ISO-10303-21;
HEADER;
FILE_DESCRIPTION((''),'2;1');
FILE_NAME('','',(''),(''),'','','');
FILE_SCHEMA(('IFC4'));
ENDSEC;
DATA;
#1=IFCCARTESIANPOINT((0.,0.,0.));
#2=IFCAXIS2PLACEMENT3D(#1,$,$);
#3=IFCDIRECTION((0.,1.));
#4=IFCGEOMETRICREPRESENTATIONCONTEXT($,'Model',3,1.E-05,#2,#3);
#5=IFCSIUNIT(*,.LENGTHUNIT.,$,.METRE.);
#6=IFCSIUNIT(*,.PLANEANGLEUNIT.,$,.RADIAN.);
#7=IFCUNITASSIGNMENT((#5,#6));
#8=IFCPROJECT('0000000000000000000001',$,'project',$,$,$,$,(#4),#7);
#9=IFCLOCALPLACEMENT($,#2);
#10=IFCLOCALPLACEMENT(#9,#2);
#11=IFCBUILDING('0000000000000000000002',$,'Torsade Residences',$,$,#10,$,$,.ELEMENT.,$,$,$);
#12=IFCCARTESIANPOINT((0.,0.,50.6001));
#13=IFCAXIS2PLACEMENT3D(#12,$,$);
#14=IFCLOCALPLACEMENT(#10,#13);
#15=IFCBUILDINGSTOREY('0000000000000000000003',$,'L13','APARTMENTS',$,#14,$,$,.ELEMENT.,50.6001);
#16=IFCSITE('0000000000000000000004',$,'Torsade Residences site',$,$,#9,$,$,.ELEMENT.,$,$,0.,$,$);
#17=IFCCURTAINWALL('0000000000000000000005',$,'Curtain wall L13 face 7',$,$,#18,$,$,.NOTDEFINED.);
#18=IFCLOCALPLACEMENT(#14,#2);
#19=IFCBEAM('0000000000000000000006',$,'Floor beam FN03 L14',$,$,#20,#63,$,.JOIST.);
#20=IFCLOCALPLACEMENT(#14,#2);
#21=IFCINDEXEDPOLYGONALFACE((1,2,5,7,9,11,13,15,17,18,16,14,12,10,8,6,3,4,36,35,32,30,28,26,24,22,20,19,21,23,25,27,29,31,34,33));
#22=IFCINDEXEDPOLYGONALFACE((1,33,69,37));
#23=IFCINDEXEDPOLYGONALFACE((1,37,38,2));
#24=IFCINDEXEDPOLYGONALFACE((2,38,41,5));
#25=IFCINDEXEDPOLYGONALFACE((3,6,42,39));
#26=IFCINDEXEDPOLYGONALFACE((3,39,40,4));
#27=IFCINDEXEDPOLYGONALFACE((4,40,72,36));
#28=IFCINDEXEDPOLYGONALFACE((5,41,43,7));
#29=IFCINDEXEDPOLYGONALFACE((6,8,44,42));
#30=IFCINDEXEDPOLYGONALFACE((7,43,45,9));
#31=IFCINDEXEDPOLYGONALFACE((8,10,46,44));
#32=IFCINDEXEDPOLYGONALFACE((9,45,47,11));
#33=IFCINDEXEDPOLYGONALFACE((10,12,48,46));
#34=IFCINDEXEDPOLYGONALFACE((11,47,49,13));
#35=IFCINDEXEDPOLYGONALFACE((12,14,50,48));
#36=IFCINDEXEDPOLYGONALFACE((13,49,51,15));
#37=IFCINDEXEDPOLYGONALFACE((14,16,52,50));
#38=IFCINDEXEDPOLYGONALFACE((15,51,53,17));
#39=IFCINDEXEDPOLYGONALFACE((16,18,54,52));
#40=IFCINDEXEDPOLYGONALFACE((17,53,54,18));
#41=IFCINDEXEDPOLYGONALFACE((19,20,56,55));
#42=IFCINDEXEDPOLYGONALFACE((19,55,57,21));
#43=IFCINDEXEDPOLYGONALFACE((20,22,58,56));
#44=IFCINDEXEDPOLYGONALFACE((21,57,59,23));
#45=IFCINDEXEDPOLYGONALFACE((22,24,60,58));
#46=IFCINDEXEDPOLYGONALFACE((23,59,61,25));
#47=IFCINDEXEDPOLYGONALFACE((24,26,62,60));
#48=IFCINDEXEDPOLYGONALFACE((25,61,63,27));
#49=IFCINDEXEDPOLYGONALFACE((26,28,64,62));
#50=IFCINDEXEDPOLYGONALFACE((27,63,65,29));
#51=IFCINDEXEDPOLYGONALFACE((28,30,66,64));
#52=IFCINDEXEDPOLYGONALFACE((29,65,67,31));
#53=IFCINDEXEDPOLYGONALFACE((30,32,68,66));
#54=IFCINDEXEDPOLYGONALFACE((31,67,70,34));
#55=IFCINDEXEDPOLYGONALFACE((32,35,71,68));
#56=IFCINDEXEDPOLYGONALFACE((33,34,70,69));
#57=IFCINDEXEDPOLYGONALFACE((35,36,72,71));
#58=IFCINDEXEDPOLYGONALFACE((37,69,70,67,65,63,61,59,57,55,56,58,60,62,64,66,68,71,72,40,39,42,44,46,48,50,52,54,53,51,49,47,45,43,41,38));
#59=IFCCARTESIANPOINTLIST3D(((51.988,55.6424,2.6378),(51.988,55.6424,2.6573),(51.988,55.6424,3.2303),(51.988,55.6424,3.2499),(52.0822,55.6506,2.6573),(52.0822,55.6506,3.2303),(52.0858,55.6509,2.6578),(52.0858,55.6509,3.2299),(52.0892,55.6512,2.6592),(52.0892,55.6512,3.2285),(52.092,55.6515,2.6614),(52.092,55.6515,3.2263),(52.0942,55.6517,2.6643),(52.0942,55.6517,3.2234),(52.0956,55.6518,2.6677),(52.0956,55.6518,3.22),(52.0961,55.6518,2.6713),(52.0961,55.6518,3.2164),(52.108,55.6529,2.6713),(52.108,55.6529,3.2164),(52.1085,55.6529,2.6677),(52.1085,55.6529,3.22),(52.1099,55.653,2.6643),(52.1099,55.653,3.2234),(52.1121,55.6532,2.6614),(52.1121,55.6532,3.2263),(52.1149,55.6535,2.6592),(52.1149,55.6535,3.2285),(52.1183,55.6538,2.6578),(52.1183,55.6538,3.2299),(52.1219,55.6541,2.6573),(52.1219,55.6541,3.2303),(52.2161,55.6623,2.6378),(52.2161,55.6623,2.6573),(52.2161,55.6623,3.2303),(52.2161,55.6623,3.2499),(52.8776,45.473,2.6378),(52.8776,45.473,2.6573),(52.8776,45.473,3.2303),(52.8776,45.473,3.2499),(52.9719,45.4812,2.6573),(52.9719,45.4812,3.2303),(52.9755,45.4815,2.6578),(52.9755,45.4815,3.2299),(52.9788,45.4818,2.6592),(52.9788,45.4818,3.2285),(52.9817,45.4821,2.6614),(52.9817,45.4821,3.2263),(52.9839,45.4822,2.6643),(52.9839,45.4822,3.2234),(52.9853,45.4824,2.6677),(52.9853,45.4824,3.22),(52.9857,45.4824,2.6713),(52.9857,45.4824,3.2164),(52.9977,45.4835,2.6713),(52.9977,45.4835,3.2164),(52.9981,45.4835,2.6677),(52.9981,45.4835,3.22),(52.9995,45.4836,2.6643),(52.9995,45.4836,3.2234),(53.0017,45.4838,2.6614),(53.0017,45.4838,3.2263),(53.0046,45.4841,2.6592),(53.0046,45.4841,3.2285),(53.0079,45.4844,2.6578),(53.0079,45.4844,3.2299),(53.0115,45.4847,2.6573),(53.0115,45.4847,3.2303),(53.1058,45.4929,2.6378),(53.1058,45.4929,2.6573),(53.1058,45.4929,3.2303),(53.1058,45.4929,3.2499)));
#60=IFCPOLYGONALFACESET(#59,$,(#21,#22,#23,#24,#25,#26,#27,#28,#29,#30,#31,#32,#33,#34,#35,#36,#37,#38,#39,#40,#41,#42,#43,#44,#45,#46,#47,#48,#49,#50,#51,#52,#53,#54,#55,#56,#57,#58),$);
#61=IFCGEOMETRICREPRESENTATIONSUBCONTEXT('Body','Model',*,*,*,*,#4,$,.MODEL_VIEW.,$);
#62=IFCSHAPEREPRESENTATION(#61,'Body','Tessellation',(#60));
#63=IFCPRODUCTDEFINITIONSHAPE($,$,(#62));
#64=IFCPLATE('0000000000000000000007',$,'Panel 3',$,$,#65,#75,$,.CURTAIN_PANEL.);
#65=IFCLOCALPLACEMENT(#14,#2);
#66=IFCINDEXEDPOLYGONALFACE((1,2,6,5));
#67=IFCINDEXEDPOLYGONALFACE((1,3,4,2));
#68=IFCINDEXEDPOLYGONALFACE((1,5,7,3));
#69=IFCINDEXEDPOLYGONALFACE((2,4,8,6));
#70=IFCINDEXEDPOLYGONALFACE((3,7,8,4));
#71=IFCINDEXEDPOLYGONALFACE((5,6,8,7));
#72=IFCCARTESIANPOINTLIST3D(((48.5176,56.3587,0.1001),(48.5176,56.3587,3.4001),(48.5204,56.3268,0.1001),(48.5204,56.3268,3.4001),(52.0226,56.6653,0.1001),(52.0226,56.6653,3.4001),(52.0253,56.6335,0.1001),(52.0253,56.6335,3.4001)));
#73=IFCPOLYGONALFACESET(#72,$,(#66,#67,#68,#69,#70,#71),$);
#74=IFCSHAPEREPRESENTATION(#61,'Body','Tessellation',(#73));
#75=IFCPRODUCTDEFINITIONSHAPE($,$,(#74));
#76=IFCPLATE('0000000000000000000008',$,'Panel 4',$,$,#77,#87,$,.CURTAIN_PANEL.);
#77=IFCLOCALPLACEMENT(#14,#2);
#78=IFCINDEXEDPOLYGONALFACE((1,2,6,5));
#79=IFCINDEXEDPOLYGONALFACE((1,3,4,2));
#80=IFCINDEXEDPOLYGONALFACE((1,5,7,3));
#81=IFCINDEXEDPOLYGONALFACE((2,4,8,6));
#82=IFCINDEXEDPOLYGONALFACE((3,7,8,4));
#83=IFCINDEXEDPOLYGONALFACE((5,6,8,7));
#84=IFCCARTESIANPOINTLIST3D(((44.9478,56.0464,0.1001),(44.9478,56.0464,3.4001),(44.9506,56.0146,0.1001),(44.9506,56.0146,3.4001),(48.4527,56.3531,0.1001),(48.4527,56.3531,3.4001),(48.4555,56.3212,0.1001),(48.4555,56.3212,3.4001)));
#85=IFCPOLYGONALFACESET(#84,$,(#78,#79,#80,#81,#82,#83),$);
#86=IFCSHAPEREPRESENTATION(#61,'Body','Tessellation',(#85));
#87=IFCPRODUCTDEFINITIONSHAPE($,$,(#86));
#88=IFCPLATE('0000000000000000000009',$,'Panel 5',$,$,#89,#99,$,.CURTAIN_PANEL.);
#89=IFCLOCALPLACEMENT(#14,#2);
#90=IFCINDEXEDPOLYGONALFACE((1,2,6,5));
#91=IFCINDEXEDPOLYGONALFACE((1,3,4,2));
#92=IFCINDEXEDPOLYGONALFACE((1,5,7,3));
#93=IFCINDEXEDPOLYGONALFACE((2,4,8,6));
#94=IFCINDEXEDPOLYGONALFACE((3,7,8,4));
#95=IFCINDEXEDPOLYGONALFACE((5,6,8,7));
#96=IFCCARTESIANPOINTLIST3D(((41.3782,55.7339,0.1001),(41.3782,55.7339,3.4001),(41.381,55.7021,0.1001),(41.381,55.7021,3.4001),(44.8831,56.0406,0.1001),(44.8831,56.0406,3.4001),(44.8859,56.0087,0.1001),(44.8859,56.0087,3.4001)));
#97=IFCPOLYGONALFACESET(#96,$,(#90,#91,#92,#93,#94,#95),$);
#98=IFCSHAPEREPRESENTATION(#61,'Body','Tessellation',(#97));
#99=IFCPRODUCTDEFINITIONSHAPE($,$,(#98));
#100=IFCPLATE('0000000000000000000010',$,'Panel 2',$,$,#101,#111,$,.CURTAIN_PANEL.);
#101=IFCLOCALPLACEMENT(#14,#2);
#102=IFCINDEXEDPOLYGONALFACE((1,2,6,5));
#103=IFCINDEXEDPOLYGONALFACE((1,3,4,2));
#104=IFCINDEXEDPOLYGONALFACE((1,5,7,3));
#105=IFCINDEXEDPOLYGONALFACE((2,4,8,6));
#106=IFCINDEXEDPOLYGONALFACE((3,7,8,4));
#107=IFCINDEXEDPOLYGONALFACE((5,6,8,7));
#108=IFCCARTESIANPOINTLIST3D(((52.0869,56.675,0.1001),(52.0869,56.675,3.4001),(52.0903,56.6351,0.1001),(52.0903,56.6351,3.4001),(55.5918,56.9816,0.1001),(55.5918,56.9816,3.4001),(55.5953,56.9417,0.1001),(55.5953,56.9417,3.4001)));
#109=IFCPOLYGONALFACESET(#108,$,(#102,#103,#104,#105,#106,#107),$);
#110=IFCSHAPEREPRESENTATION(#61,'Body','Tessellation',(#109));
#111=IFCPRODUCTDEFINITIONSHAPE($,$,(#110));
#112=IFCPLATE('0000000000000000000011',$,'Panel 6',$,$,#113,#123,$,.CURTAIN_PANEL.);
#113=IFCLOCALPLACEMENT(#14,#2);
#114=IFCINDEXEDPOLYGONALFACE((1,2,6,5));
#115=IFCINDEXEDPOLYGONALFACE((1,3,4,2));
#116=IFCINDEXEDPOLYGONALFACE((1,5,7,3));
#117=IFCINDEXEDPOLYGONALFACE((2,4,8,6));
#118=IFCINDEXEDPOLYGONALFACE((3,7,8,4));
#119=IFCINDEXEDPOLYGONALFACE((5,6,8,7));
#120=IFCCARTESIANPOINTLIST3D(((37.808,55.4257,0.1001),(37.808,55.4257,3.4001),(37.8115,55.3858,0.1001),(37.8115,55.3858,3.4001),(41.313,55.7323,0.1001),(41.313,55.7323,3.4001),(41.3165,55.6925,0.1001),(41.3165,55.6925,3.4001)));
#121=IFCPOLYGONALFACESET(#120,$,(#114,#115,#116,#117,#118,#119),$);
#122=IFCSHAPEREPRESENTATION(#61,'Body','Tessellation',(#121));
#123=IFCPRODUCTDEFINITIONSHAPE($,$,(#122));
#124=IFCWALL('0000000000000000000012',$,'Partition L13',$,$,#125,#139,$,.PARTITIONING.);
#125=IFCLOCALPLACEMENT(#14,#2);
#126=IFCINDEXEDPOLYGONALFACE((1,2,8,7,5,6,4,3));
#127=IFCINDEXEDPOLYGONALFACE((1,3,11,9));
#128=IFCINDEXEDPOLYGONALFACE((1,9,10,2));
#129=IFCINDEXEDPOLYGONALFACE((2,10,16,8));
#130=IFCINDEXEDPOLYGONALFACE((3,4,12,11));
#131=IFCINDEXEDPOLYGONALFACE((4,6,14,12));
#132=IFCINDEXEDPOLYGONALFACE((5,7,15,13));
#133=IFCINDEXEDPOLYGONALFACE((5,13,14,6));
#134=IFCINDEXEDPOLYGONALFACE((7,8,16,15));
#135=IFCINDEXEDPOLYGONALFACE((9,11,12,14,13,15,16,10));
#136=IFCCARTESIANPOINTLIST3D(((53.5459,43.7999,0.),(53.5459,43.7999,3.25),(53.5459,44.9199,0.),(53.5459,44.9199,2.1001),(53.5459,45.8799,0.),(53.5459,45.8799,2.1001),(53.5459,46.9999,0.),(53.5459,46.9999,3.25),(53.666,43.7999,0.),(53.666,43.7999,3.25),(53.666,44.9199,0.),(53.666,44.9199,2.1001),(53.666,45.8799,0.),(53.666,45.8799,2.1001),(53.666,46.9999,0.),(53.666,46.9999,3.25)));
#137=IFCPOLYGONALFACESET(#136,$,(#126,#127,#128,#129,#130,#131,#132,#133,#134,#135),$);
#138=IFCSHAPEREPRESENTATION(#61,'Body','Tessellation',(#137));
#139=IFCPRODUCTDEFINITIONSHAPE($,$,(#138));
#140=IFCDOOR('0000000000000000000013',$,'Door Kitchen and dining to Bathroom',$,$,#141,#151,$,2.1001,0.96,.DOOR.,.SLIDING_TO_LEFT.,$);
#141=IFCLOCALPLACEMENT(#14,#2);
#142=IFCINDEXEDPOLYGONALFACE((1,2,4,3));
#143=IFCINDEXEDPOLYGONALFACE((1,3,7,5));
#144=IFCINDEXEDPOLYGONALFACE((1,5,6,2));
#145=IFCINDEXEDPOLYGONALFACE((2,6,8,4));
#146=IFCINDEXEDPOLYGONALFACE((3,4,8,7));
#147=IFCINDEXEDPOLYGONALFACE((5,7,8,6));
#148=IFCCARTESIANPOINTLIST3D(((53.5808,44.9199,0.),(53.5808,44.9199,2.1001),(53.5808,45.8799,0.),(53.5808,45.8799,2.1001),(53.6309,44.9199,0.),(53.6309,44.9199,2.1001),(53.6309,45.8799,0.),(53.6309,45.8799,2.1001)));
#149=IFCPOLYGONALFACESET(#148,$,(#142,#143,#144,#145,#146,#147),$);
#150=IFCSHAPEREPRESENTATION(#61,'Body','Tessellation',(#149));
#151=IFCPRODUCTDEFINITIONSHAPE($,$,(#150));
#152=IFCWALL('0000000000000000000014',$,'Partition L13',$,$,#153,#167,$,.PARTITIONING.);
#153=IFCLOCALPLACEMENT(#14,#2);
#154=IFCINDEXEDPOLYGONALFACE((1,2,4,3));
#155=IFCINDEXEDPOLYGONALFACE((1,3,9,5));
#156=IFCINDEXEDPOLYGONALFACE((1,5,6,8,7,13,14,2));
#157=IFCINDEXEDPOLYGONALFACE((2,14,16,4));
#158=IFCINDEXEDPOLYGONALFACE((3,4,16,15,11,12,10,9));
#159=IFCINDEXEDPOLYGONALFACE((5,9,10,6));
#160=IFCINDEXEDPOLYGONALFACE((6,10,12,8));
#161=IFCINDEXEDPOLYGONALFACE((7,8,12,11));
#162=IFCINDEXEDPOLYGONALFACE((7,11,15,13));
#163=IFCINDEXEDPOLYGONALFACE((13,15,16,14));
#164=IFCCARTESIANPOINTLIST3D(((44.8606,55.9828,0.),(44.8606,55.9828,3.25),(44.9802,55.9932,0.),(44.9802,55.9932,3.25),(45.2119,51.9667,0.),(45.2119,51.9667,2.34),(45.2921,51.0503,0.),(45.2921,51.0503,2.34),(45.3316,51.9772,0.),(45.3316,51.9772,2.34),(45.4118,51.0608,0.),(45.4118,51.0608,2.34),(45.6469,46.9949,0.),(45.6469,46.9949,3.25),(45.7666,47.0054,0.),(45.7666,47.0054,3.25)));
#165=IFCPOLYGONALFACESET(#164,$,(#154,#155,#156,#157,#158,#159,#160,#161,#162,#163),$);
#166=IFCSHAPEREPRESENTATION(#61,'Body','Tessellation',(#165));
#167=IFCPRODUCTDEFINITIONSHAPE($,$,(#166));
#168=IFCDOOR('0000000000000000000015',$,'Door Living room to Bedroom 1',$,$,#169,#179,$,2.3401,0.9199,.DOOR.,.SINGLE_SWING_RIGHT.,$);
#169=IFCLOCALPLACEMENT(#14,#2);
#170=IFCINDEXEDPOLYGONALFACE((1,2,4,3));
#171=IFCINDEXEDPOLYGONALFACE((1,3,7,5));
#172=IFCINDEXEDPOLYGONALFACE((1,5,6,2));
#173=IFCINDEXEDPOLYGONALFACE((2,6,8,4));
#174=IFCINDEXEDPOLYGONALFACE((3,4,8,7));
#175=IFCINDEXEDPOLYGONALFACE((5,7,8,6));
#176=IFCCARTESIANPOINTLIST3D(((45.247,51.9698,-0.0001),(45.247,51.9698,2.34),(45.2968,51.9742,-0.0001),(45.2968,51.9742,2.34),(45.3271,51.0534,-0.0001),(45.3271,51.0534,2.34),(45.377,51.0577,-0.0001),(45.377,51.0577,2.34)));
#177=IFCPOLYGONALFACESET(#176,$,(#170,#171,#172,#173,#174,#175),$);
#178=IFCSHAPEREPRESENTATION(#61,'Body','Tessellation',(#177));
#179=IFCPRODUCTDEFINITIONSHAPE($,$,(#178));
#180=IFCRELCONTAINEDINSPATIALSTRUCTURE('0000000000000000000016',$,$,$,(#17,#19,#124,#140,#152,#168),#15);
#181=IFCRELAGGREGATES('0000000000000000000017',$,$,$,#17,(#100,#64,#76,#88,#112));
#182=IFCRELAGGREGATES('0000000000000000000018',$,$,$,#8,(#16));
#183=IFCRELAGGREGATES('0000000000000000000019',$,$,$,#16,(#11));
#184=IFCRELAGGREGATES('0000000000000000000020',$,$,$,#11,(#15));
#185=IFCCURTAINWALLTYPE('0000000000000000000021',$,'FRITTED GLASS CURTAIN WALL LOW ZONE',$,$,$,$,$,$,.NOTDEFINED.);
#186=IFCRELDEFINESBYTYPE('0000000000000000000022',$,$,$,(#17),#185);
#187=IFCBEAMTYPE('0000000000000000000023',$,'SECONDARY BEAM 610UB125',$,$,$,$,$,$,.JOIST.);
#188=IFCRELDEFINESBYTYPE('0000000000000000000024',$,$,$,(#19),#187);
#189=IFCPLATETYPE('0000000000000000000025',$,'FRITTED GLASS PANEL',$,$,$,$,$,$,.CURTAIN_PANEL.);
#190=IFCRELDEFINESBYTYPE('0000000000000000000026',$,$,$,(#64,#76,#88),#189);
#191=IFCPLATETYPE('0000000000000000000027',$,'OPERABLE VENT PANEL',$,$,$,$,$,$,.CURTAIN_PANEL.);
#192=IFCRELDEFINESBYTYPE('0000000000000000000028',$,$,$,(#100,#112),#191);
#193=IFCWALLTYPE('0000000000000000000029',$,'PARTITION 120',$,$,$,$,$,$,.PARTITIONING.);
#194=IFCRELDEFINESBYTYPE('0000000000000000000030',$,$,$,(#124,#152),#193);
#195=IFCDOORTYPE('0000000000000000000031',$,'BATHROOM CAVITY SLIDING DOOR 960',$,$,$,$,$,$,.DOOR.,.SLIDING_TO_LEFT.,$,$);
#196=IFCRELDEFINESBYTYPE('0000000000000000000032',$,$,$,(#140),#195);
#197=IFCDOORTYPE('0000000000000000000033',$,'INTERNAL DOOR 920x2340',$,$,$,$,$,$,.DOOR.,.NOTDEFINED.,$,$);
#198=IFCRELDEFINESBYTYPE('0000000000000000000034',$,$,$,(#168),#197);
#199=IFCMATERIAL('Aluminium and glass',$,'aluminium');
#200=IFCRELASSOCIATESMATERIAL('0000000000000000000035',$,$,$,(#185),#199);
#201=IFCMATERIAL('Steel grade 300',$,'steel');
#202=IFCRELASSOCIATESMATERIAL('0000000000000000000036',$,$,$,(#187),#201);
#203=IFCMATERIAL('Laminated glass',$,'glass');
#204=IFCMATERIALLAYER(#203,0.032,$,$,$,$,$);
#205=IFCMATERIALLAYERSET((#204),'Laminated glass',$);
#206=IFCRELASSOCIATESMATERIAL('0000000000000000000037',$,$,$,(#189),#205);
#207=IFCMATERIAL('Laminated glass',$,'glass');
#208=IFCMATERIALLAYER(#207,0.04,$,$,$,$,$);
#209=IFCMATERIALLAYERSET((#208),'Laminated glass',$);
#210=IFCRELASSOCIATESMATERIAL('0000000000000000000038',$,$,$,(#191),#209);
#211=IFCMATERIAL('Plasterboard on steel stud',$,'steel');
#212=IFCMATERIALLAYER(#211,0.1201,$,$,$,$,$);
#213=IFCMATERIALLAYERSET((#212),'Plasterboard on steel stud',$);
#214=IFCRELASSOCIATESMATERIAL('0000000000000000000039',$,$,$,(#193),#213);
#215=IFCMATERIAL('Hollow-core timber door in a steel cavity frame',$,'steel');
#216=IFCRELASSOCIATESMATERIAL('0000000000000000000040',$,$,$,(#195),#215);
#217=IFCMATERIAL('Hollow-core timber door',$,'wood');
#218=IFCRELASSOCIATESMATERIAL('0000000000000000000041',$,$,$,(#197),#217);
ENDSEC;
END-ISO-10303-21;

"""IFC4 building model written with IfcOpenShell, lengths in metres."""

from ifc_helpers import new_model, si_unit, direction, frame, frame_2d, origin, origin_2d, place, context, subcontext, project, spatial, rectangle, i_section, extrude, material, layer, layer_set, material_profile, profile_set, type_object, element, fill, aggregate, save


model = new_model("IFC4")

# Units and contexts
model_context = context("Model", 3, precision=1e-05, world=origin(), true_north=direction((0.0, 1.0)))
body_context = subcontext(model_context, "Body", "Model", "MODEL_VIEW")
ifc_project = project(units=[si_unit("LENGTHUNIT", "METRE"), si_unit("PLANEANGLEUNIT", "RADIAN")], contexts=[model_context])

# Site, building, storey
site_placement = place(None, origin())
site = spatial("IfcSite", under=ifc_project, at=site_placement, Name="Torsade Residences site", CompositionType="ELEMENT", RefElevation=0.0)
building_placement = place(site_placement, origin())
building = spatial("IfcBuilding", under=site, at=building_placement, Name="Torsade Residences", CompositionType="ELEMENT")
storey_placement = place(building_placement, frame((0.0, 0.0, 50.6001)))
storey = spatial("IfcBuildingStorey", under=building, at=storey_placement, Name="L13", Description="APARTMENTS", CompositionType="ELEMENT", Elevation=50.6001)

# Curtain wall
ifc_material_1 = material(Name="Aluminium and glass", Category="aluminium")
curtain_wall_type = type_object("IfcCurtainWallType", Name="FRITTED GLASS CURTAIN WALL LOW ZONE", PredefinedType="NOTDEFINED", material=ifc_material_1)
curtain_wall_placement = place(storey_placement, origin())
curtain_wall = element("IfcCurtainWall", 1, at=curtain_wall_placement, inside=storey, type_object=curtain_wall_type, Name="Curtain wall L13 face 7", PredefinedType="NOTDEFINED")

# Beam
ifc_material_2 = material(Name="Steel grade 300", Category="steel")
ifc_material_profile_1 = material_profile(ifc_material_2, i_section(OverallWidth=0.229, OverallDepth=0.6121, WebThickness=0.012, FlangeThickness=0.0195, FilletRadius=0.0139, at=origin_2d()), Name="610UB125")
ifc_profile_set_1 = profile_set([ifc_material_profile_1], Name="Steel grade 300")
beam_type_1 = type_object("IfcBeamType", Name="SECONDARY BEAM 610UB125", PredefinedType="JOIST", material=ifc_profile_set_1)
beam_1_placement = place(storey_placement, frame((52.1021, 55.6523, 2.9438), z_axis=(0.08715, -0.996195, 0.0), x_axis=(0.996195, 0.08715, 0.0)))
element("IfcBeam", 2, at=beam_1_placement, inside=storey, type_object=beam_type_1, Name="Floor beam FN03 L14", PredefinedType="JOIST", context=body_context, shape_type="SweptSolid", body=[
    extrude(i_section(OverallWidth=0.229, OverallDepth=0.6121, WebThickness=0.012, FlangeThickness=0.0195, FilletRadius=0.0139, at=origin_2d()), origin(), (0.0, 0.0, 1.0), 10.2083),
])

# Plates
ifc_material_3 = material(Name="Laminated glass", Category="glass")
ifc_layer_1 = layer(ifc_material_3, 0.032)
ifc_layer_set_1 = layer_set([ifc_layer_1], Name="Laminated glass")
plate_type_1 = type_object("IfcPlateType", Name="FRITTED GLASS PANEL", PredefinedType="CURTAIN_PANEL", material=ifc_layer_set_1)
plate_1_placement = place(storey_placement, frame((50.2715, 56.4961, 0.1001), z_axis=(0.0, 0.0, 1.0), x_axis=(-0.996195, -0.087156, 0.0)))
plate_1 = element("IfcPlate", 3, at=plate_1_placement, type_object=plate_type_1, Name="Panel 3", PredefinedType="CURTAIN_PANEL", context=body_context, shape_type="SweptSolid", body=[
    extrude(rectangle(XDim=3.5183, YDim=0.032, at=origin_2d()), origin(), (0.0, 0.0, 1.0), 3.3),
])
plate_2_placement = place(storey_placement, frame((46.7017, 56.1838, 0.1001), z_axis=(0.0, 0.0, 1.0), x_axis=(-0.996195, -0.087156, 0.0)))
plate_2 = element("IfcPlate", 4, at=plate_2_placement, type_object=plate_type_1, Name="Panel 4", PredefinedType="CURTAIN_PANEL", context=body_context, shape_type="SweptSolid", body=[
    extrude(rectangle(XDim=3.5183, YDim=0.032, at=origin_2d()), origin(), (0.0, 0.0, 1.0), 3.3),
])
plate_3_placement = place(storey_placement, frame((43.1321, 55.8713, 0.1001), z_axis=(0.0, 0.0, 1.0), x_axis=(-0.996195, -0.087156, 0.0)))
plate_3 = element("IfcPlate", 5, at=plate_3_placement, type_object=plate_type_1, Name="Panel 5", PredefinedType="CURTAIN_PANEL", context=body_context, shape_type="SweptSolid", body=[
    extrude(rectangle(XDim=3.5183, YDim=0.032, at=origin_2d()), origin(), (0.0, 0.0, 1.0), 3.3),
])
ifc_material_4 = material(Name="Laminated glass", Category="glass")
ifc_layer_2 = layer(ifc_material_4, 0.04)
ifc_layer_set_2 = layer_set([ifc_layer_2], Name="Laminated glass")
plate_type_2 = type_object("IfcPlateType", Name="OPERABLE VENT PANEL", PredefinedType="CURTAIN_PANEL", material=ifc_layer_set_2)
plate_4_placement = place(storey_placement, frame((53.8411, 56.8083, 0.1001), z_axis=(0.0, 0.0, 1.0), x_axis=(-0.996195, -0.087156, 0.0)))
plate_4 = element("IfcPlate", 6, at=plate_4_placement, type_object=plate_type_2, Name="Panel 2", PredefinedType="CURTAIN_PANEL", context=body_context, shape_type="SweptSolid", body=[
    extrude(rectangle(XDim=3.5183, YDim=0.04, at=origin_2d()), origin(), (0.0, 0.0, 1.0), 3.3),
])
plate_5_placement = place(storey_placement, frame((39.5623, 55.5591, 0.1001), z_axis=(0.0, 0.0, 1.0), x_axis=(-0.996195, -0.087156, 0.0)))
plate_5 = element("IfcPlate", 7, at=plate_5_placement, type_object=plate_type_2, Name="Panel 6", PredefinedType="CURTAIN_PANEL", context=body_context, shape_type="SweptSolid", body=[
    extrude(rectangle(XDim=3.5183, YDim=0.04, at=origin_2d()), origin(), (0.0, 0.0, 1.0), 3.3),
])
aggregate(curtain_wall, [plate_4, plate_1, plate_2, plate_3, plate_5])

# Walls, openings, doors
ifc_material_5 = material(Name="Plasterboard on steel stud", Category="steel")
ifc_layer_3 = layer(ifc_material_5, 0.1201)
ifc_layer_set_3 = layer_set([ifc_layer_3], Name="Plasterboard on steel stud")
wall_type_1 = type_object("IfcWallType", Name="PARTITION 120", PredefinedType="PARTITIONING", material=ifc_layer_set_3)
wall_1_placement = place(storey_placement, frame((53.606, 47.0, 0.0), z_axis=(0.0, 0.0, 1.0), x_axis=(0.0, -1.0, 0.0)))
wall_1 = element("IfcWall", 8, at=wall_1_placement, inside=storey, type_object=wall_type_1, Name="Partition L13", PredefinedType="PARTITIONING", context=body_context, shape_type="SweptSolid", body=[
    extrude(rectangle(XDim=3.2, YDim=0.1201, at=frame_2d((1.6001, 0.0))), origin(), (0.0, 0.0, 1.0), 3.25),
])
opening_1_placement = place(wall_1_placement, frame((1.1201, 0.0, 0.0)))
opening_1 = element("IfcOpeningElement", 9, at=opening_1_placement, cuts=wall_1, PredefinedType="OPENING", context=body_context, shape_type="SweptSolid", body=[
    extrude(rectangle(XDim=0.96, YDim=2.1001, at=frame_2d((0.48, 1.05))), frame((0.0, 0.0701, 0.0), z_axis=(0.0, -1.0, 0.0), x_axis=(1.0, 0.0, 0.0)), (0.0, 0.0, 1.0), 0.1401),
])
ifc_material_6 = material(Name="Hollow-core timber door in a steel cavity frame", Category="steel")
door_type_1 = type_object("IfcDoorType", Name="BATHROOM CAVITY SLIDING DOOR 960", OperationType="SLIDING_TO_LEFT", PredefinedType="DOOR", material=ifc_material_6)
door_1_placement = place(opening_1_placement, origin())
door_1 = element("IfcDoor", 10, at=door_1_placement, inside=storey, type_object=door_type_1, Name="Door Kitchen and dining to Bathroom", OperationType="SLIDING_TO_LEFT", OverallHeight=2.1001, OverallWidth=0.96, PredefinedType="DOOR", context=body_context, shape_type="SweptSolid", body=[
    extrude(rectangle(XDim=0.96, YDim=2.1001, at=frame_2d((0.48, 1.05))), frame((0.0, 0.0249, 0.0), z_axis=(0.0, -1.0, 0.0), x_axis=(1.0, 0.0, 0.0)), (0.0, 0.0, 1.0), 0.05),
])
fill(opening_1, door_1)
wall_2_placement = place(storey_placement, frame((45.7068, 47.0, 0.0), z_axis=(0.0, 0.0, 1.0), x_axis=(-0.087161, 0.996194, 0.0)))
wall_2 = element("IfcWall", 11, at=wall_2_placement, inside=storey, type_object=wall_type_1, Name="Partition L13", PredefinedType="PARTITIONING", context=body_context, shape_type="SweptSolid", body=[
    extrude(rectangle(XDim=9.0222, YDim=0.1201, at=frame_2d((4.5112, 0.0))), origin(), (0.0, 0.0, 1.0), 3.25),
])
opening_2_placement = place(wall_2_placement, frame((4.071, 0.0, 0.0)))
opening_2 = element("IfcOpeningElement", 12, at=opening_2_placement, cuts=wall_2, PredefinedType="OPENING", context=body_context, shape_type="SweptSolid", body=[
    extrude(rectangle(XDim=0.9199, YDim=2.3401, at=frame_2d((0.46, 1.1699))), frame((0.0, 0.0701, 0.0), z_axis=(0.0, -1.0, 0.0), x_axis=(1.0, 0.0, 0.0)), (0.0, 0.0, 1.0), 0.1401),
])
ifc_material_7 = material(Name="Hollow-core timber door", Category="wood")
door_type_2 = type_object("IfcDoorType", Name="INTERNAL DOOR 920x2340", OperationType="NOTDEFINED", PredefinedType="DOOR", material=ifc_material_7)
door_2_placement = place(opening_2_placement, origin())
door_2 = element("IfcDoor", 13, at=door_2_placement, inside=storey, type_object=door_type_2, Name="Door Living room to Bedroom 1", OperationType="SINGLE_SWING_RIGHT", OverallHeight=2.3401, OverallWidth=0.9199, PredefinedType="DOOR", context=body_context, shape_type="SweptSolid", body=[
    extrude(rectangle(XDim=0.9199, YDim=2.3401, at=frame_2d((0.46, 1.1699))), frame((0.0, 0.0249, 0.0), z_axis=(0.0, -1.0, 0.0), x_axis=(1.0, 0.0, 0.0)), (0.0, 0.0, 1.0), 0.05),
])
fill(opening_2, door_2)

save(model, "model.ifc")
